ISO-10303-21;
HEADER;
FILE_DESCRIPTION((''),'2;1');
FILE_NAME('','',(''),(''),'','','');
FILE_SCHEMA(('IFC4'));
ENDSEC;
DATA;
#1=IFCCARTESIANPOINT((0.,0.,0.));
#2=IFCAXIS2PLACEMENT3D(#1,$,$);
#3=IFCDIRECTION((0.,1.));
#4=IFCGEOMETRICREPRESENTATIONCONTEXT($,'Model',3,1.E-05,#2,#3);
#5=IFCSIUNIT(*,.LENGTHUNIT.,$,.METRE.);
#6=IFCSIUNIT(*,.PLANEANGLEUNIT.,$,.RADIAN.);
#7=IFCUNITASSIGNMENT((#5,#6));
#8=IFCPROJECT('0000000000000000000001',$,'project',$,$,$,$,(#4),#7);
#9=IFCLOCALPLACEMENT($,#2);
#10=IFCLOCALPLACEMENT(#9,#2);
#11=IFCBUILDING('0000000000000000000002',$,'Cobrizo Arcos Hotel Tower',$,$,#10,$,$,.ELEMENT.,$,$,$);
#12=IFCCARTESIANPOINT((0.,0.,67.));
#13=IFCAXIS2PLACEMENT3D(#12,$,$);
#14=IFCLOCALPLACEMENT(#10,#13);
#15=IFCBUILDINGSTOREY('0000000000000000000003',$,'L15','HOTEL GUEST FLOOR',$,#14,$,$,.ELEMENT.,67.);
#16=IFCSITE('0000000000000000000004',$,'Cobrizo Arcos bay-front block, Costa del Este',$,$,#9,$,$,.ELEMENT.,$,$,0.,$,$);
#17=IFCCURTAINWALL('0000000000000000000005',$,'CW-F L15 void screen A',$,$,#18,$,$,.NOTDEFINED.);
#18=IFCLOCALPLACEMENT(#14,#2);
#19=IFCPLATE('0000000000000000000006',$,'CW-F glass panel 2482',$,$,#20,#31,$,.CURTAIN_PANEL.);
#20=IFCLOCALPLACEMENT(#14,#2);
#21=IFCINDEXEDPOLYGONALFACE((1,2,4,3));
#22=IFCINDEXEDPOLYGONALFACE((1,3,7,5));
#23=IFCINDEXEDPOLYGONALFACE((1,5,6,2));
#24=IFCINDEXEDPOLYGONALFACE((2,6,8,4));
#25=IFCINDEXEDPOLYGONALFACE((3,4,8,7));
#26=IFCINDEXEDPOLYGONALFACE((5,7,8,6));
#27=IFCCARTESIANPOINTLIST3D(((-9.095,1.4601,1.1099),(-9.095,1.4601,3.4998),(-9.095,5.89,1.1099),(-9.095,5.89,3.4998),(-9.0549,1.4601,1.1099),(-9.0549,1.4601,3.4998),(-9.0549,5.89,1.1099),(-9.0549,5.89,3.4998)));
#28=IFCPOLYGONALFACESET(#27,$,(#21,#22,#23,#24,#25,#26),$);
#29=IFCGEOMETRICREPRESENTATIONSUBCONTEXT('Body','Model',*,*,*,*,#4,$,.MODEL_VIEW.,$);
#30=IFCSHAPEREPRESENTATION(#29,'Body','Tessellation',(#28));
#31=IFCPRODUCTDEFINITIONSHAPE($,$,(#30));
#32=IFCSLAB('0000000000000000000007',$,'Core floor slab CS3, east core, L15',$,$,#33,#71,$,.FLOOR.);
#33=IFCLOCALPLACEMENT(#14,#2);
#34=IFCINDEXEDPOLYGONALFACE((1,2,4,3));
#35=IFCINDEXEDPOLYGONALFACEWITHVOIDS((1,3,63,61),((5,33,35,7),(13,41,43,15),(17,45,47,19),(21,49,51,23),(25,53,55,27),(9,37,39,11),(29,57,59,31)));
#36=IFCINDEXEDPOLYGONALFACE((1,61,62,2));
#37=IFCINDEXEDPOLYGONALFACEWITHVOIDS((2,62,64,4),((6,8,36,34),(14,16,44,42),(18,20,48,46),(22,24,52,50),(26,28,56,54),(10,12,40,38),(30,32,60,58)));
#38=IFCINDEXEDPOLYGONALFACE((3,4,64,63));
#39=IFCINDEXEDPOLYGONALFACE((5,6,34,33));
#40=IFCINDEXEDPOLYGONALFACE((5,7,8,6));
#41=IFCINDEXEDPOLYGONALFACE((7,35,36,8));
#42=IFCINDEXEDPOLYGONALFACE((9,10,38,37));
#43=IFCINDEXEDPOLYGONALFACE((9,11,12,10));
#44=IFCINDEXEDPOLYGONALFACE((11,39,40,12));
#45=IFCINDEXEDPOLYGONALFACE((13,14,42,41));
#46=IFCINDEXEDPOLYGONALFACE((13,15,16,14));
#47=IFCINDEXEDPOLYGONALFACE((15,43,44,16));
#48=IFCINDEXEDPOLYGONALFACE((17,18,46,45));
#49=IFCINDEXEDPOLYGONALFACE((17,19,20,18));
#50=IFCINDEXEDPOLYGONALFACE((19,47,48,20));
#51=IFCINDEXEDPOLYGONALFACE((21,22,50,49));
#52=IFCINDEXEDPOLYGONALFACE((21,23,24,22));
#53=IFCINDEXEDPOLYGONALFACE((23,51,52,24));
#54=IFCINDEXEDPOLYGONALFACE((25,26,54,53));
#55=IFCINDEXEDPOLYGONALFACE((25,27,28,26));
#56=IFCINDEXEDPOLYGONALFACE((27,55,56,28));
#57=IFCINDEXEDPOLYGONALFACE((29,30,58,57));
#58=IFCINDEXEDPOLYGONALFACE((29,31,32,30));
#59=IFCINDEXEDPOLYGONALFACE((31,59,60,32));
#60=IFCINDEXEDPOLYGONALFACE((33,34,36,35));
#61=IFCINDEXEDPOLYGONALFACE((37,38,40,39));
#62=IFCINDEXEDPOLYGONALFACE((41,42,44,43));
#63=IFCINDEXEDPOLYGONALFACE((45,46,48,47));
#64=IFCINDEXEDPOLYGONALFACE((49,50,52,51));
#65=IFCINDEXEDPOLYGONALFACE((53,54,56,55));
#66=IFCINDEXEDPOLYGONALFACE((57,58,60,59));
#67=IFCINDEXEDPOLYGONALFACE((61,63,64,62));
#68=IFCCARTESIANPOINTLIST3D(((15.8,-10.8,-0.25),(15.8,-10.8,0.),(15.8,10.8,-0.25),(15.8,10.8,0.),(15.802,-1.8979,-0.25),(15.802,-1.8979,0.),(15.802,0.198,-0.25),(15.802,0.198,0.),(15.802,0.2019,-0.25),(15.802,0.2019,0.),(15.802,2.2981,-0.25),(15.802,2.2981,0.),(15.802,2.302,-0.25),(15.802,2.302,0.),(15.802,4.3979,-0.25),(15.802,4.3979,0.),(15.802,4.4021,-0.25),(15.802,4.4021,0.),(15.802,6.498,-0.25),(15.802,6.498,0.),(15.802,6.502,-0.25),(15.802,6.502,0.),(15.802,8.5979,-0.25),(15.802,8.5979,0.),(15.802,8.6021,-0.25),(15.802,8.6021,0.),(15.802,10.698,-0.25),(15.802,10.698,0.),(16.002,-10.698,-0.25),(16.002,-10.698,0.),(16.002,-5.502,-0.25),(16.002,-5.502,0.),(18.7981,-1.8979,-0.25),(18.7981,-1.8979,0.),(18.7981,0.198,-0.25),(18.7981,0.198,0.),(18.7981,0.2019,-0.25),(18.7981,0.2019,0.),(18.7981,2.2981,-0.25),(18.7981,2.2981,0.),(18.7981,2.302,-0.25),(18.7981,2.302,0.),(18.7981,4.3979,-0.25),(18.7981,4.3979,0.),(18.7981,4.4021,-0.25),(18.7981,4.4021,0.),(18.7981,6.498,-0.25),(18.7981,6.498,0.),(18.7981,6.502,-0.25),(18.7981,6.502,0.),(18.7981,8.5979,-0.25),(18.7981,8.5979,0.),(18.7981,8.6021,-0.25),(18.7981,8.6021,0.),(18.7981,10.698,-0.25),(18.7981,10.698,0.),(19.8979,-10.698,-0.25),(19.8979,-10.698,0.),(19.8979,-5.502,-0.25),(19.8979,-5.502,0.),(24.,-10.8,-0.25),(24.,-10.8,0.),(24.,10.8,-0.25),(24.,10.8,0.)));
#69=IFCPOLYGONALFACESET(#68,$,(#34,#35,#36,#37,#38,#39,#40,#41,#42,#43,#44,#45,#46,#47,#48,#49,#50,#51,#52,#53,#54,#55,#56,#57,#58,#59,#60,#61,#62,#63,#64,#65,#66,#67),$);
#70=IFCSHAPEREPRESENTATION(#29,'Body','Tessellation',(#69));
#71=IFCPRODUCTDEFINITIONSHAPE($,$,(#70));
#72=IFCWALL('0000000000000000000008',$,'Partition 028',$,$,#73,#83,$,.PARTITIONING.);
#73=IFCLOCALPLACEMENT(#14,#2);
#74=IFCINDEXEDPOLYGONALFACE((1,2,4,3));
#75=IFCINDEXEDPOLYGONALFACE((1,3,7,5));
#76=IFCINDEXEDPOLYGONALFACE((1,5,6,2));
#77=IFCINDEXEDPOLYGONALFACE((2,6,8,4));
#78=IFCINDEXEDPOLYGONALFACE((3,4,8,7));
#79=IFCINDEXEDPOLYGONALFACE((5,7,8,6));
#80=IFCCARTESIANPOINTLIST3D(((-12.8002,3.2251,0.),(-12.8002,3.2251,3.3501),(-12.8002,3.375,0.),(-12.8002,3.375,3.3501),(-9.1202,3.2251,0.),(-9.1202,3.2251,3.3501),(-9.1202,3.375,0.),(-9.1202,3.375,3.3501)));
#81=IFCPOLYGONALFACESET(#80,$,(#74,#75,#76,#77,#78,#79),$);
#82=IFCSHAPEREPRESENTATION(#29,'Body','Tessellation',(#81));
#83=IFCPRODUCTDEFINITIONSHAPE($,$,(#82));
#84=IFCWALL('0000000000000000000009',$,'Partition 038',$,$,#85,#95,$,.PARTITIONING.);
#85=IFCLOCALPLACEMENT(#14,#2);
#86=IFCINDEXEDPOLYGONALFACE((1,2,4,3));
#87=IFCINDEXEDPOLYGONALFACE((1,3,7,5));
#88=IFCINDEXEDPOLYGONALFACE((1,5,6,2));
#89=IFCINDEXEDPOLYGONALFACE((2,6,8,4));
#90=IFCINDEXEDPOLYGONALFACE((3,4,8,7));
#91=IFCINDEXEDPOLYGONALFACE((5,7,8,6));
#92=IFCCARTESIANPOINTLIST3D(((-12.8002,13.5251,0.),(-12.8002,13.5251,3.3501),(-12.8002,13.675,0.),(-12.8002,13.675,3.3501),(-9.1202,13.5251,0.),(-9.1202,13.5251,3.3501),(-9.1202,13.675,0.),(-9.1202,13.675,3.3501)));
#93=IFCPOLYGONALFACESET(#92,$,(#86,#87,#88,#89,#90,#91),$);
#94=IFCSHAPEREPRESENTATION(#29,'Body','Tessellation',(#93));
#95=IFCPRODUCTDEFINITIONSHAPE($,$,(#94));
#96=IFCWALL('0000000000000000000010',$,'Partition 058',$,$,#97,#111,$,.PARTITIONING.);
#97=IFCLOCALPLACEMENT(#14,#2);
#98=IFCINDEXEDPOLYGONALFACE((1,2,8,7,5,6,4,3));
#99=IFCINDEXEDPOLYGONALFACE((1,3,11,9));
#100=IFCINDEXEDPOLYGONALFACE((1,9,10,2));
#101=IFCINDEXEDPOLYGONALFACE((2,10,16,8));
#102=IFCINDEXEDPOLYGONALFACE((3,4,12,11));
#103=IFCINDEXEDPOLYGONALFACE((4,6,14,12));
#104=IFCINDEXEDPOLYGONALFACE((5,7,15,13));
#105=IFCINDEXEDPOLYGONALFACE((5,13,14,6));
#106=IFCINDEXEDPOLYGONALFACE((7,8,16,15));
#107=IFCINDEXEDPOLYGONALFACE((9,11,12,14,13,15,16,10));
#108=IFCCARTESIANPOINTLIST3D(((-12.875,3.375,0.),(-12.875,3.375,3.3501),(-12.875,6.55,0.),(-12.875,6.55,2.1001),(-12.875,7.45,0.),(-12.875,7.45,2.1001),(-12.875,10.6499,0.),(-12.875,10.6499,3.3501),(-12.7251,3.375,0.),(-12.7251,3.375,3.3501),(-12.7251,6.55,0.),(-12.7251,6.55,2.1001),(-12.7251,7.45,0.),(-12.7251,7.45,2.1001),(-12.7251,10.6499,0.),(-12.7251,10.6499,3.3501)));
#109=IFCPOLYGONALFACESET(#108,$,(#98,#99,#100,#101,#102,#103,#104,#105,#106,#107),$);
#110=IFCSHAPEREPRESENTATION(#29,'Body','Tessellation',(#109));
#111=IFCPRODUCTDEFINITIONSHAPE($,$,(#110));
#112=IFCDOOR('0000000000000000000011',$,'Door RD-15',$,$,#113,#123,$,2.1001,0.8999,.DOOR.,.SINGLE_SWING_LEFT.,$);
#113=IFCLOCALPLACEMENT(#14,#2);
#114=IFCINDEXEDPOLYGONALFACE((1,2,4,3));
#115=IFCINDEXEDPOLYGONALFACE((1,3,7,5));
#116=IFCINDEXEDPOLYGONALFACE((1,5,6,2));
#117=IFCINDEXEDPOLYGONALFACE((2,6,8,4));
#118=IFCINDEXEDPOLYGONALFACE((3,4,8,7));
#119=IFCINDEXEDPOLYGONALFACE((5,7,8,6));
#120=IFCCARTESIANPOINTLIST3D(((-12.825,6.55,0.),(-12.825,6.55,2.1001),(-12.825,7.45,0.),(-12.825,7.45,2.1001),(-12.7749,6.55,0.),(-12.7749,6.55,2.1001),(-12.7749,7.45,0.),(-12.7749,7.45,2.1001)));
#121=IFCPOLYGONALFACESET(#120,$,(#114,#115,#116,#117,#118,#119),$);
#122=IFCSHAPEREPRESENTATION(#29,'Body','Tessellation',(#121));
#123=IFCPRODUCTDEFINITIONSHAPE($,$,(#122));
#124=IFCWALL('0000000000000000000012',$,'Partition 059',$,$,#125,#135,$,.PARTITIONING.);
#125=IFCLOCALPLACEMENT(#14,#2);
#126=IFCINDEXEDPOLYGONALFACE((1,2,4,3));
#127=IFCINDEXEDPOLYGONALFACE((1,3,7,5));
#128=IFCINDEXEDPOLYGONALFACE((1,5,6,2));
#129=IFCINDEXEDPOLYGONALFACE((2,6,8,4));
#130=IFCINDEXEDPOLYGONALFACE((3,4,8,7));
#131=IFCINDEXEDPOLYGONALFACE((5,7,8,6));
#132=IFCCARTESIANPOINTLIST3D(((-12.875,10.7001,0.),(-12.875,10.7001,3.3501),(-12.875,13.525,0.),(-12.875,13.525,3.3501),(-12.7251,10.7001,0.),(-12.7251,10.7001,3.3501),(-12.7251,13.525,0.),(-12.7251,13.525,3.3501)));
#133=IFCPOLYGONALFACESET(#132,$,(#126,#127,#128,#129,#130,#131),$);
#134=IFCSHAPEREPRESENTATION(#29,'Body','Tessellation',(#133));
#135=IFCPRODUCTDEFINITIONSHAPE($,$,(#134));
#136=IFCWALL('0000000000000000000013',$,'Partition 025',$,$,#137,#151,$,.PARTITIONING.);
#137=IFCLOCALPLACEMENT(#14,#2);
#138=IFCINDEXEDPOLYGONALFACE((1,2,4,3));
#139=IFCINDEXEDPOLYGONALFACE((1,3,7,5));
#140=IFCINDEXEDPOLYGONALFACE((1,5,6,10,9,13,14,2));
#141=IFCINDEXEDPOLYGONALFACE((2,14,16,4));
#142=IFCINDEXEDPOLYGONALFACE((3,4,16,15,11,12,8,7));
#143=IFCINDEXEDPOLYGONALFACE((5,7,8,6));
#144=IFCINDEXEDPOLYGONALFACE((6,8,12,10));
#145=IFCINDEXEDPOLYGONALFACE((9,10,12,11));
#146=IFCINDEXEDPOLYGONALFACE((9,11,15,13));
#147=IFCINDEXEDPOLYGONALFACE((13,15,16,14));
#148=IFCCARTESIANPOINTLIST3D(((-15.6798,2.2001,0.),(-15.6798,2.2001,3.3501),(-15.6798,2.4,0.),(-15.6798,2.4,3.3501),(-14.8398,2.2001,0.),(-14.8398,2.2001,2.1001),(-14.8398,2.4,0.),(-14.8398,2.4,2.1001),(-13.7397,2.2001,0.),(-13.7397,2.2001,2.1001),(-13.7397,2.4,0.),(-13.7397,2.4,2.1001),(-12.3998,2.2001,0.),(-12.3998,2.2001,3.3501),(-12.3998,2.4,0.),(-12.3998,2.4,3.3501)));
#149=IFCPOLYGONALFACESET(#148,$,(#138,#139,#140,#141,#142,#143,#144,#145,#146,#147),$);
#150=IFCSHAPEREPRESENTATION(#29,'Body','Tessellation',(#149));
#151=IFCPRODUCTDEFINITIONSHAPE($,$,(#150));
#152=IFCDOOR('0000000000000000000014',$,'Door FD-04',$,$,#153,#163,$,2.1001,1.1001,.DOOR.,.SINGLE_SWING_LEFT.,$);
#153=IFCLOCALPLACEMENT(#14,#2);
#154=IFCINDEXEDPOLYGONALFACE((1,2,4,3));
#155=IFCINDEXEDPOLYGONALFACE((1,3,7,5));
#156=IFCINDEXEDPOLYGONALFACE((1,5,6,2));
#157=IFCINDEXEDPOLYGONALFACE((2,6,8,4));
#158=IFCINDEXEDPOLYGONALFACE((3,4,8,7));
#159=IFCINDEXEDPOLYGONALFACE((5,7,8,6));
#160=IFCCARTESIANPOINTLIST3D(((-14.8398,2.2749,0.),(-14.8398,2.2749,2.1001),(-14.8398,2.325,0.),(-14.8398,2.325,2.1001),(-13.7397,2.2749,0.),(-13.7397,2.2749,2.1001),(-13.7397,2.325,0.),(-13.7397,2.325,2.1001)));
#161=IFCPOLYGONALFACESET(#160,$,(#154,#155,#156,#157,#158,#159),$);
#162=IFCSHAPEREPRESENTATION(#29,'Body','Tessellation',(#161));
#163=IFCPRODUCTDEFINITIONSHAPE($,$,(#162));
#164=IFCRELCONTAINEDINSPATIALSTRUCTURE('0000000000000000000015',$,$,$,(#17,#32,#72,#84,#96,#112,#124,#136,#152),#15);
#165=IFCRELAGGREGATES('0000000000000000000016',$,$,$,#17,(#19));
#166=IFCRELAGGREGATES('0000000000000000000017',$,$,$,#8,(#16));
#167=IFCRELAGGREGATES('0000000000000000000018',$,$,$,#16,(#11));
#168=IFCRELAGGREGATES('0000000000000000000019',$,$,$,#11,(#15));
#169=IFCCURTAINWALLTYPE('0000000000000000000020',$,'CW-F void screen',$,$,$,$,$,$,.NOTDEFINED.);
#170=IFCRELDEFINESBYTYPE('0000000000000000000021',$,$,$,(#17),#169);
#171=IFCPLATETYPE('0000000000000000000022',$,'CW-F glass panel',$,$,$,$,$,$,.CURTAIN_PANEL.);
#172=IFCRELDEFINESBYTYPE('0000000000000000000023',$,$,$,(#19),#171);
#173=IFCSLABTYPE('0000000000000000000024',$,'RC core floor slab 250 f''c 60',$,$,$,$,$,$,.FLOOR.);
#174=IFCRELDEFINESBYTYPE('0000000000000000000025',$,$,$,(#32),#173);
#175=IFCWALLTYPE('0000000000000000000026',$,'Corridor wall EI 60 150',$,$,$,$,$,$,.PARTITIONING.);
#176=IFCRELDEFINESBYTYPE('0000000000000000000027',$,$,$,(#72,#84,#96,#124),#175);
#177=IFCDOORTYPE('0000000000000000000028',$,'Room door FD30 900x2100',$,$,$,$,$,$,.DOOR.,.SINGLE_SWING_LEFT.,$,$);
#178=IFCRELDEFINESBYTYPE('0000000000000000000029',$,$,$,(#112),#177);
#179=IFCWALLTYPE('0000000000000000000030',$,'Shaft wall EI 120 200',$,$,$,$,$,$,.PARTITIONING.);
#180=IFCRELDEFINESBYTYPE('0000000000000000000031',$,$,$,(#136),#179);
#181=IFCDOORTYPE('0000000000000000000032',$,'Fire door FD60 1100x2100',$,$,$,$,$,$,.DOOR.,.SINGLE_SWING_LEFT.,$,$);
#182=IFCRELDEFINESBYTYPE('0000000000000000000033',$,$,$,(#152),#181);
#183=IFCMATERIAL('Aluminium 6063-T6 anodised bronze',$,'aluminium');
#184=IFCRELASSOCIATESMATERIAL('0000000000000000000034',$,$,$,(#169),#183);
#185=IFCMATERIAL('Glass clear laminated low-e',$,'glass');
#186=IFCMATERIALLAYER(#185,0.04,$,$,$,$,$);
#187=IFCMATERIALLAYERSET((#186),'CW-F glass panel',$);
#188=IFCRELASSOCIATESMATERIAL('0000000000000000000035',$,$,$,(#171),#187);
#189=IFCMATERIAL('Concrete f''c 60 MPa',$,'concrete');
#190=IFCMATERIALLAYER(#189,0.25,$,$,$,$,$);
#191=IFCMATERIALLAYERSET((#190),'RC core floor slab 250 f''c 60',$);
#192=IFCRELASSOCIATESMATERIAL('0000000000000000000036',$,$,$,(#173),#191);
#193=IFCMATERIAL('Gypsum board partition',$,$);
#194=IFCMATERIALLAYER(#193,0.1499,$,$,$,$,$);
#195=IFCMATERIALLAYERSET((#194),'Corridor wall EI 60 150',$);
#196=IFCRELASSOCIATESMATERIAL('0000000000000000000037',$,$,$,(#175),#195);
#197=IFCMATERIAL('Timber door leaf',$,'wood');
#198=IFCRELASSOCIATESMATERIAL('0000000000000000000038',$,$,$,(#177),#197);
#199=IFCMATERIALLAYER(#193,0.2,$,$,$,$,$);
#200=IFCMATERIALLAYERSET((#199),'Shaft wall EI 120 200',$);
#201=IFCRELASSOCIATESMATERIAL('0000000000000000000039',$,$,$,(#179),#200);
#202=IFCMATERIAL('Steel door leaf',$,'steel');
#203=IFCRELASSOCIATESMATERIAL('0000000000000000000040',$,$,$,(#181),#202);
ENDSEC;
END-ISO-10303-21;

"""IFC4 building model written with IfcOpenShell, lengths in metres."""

from ifc_helpers import new_model, si_unit, direction, frame, frame_2d, origin, origin_2d, place, context, subcontext, project, spatial, polyline, rectangle, outline, extrude, material, layer, layer_set, type_object, element, fill, aggregate, save


model = new_model("IFC4")

# Units and contexts
model_context = context("Model", 3, precision=1e-05, world=origin(), true_north=direction((0.0, 1.0)))
body_context = subcontext(model_context, "Body", "Model", "MODEL_VIEW")
ifc_project = project(units=[si_unit("LENGTHUNIT", "METRE"), si_unit("PLANEANGLEUNIT", "RADIAN")], contexts=[model_context])

# Site, building, storey
site_placement = place(None, origin())
site = spatial("IfcSite", under=ifc_project, at=site_placement, Name="Cobrizo Arcos bay-front block, Costa del Este", CompositionType="ELEMENT", RefElevation=0.0)
building_placement = place(site_placement, origin())
building = spatial("IfcBuilding", under=site, at=building_placement, Name="Cobrizo Arcos Hotel Tower", CompositionType="ELEMENT")
storey_placement = place(building_placement, frame((0.0, 0.0, 67.0)))
storey = spatial("IfcBuildingStorey", under=building, at=storey_placement, Name="L15", Description="HOTEL GUEST FLOOR", CompositionType="ELEMENT", Elevation=67.0)

# Curtain wall
ifc_material_1 = material(Name="Aluminium 6063-T6 anodised bronze", Category="aluminium")
curtain_wall_type = type_object("IfcCurtainWallType", Name="CW-F void screen", PredefinedType="NOTDEFINED", material=ifc_material_1)
curtain_wall_placement = place(storey_placement, origin())
curtain_wall = element("IfcCurtainWall", 1, at=curtain_wall_placement, inside=storey, type_object=curtain_wall_type, Name="CW-F L15 void screen A", PredefinedType="NOTDEFINED")

# Plate
ifc_material_2 = material(Name="Glass clear laminated low-e", Category="glass")
ifc_layer_1 = layer(ifc_material_2, 0.04)
ifc_layer_set_1 = layer_set([ifc_layer_1], Name="CW-F glass panel")
plate_type = type_object("IfcPlateType", Name="CW-F glass panel", PredefinedType="CURTAIN_PANEL", material=ifc_layer_set_1)
plate_1_placement = place(storey_placement, frame((-9.075, 3.675, 1.1099), z_axis=(0.0, 0.0, 1.0), x_axis=(0.0, -1.0, 0.0)))
plate_1 = element("IfcPlate", 2, at=plate_1_placement, type_object=plate_type, Name="CW-F glass panel 2482", PredefinedType="CURTAIN_PANEL", context=body_context, shape_type="SweptSolid", body=[
    extrude(rectangle(XDim=4.4299, YDim=0.04, at=origin_2d()), origin(), (0.0, 0.0, 1.0), 2.3899),
])
aggregate(curtain_wall, [plate_1])

# Slab
ifc_material_3 = material(Name="Concrete f'c 60 MPa", Category="concrete")
ifc_layer_2 = layer(ifc_material_3, 0.25)
ifc_layer_set_2 = layer_set([ifc_layer_2], Name="RC core floor slab 250 f'c 60")
slab_type = type_object("IfcSlabType", Name="RC core floor slab 250 f'c 60", PredefinedType="FLOOR", material=ifc_layer_set_2)
slab_placement = place(storey_placement, frame((0.0, 0.0, -0.25)))
element("IfcSlab", 3, at=slab_placement, inside=storey, type_object=slab_type, Name="Core floor slab CS3, east core, L15", PredefinedType="FLOOR", context=body_context, shape_type="SweptSolid", body=[
    extrude(outline(polyline([(15.8, 10.8), (24.0, 10.8), (24.0, -10.8), (15.8, -10.8), (15.8, 10.8)]), holes=[polyline([(19.8979, -10.698), (19.8979, -5.502), (16.002, -5.502), (16.002, -10.698), (19.8979, -10.698)]), polyline([(15.802, 0.198), (15.802, -1.8979), (18.7981, -1.8979), (18.7981, 0.198), (15.802, 0.198)]), polyline([(18.7981, 2.2981), (15.802, 2.2981), (15.802, 0.2019), (18.7981, 0.2019), (18.7981, 2.2981)]), polyline([(18.7981, 4.3979), (15.802, 4.3979), (15.802, 2.302), (18.7981, 2.302), (18.7981, 4.3979)]), polyline([(15.802, 6.498), (15.802, 4.4021), (18.7981, 4.4021), (18.7981, 6.498), (15.802, 6.498)]), polyline([(18.7981, 8.5979), (15.802, 8.5979), (15.802, 6.502), (18.7981, 6.502), (18.7981, 8.5979)]), polyline([(18.7981, 10.698), (15.802, 10.698), (15.802, 8.6021), (18.7981, 8.6021), (18.7981, 10.698)])]), origin(), (0.0, 0.0, 1.0), 0.25),
])

# Walls
ifc_material_4 = material(Name="Gypsum board partition")
ifc_layer_3 = layer(ifc_material_4, 0.1499)
ifc_layer_set_3 = layer_set([ifc_layer_3], Name="Corridor wall EI 60 150")
wall_type_1 = type_object("IfcWallType", Name="Corridor wall EI 60 150", PredefinedType="PARTITIONING", material=ifc_layer_set_3)
for number, where, z_axis, x_axis, name in (
    (4, (-12.8, 3.3, 0.0), (0.0, 0.0, 1.0), (1.0, 0.0, 0.0), "Partition 028"),
    (5, (-12.8, 13.6001, 0.0), (0.0, 0.0, 1.0), (1.0, 0.0, 0.0), "Partition 038"),
):
    element("IfcWall", number, at=place(storey_placement, frame(where, z_axis=z_axis, x_axis=x_axis)), inside=storey, type_object=wall_type_1, Name=name, PredefinedType="PARTITIONING", context=body_context, shape_type="SweptSolid", body=[
        extrude(rectangle(XDim=3.6799, YDim=0.1499, at=frame_2d((1.8398, 0.0))), origin(), (0.0, 0.0, 1.0), 3.3501),
    ])

# Wall, opening, door
wall_1_placement = place(storey_placement, frame((-12.8, 3.375, 0.0), z_axis=(0.0, 0.0, 1.0), x_axis=(0.0, 1.0, 0.0)))
wall_1 = element("IfcWall", 6, at=wall_1_placement, inside=storey, type_object=wall_type_1, Name="Partition 058", PredefinedType="PARTITIONING", context=body_context, shape_type="SweptSolid", body=[
    extrude(rectangle(XDim=7.2749, YDim=0.1499, at=frame_2d((3.6375, 0.0))), origin(), (0.0, 0.0, 1.0), 3.3501),
])
opening_1_placement = place(wall_1_placement, frame((3.175, 0.0, 0.0)))
opening_1 = element("IfcOpeningElement", 7, at=opening_1_placement, cuts=wall_1, PredefinedType="OPENING", context=body_context, shape_type="SweptSolid", body=[
    extrude(rectangle(XDim=0.8999, YDim=2.1001, at=frame_2d((0.45, 1.05))), frame((0.0, 0.0869, 0.0), z_axis=(0.0, -1.0, 0.0), x_axis=(1.0, 0.0, 0.0)), (0.0, 0.0, 1.0), 0.1738),
])
ifc_material_5 = material(Name="Timber door leaf", Category="wood")
door_type_1 = type_object("IfcDoorType", Name="Room door FD30 900x2100", OperationType="SINGLE_SWING_LEFT", PredefinedType="DOOR", material=ifc_material_5)
door_1_placement = place(opening_1_placement, origin())
door_1 = element("IfcDoor", 8, at=door_1_placement, inside=storey, type_object=door_type_1, Name="Door RD-15", OperationType="SINGLE_SWING_LEFT", OverallHeight=2.1001, OverallWidth=0.8999, PredefinedType="DOOR", context=body_context, shape_type="SweptSolid", body=[
    extrude(rectangle(XDim=0.8999, YDim=2.1001, at=frame_2d((0.45, 1.05))), frame((0.0, 0.0249, 0.0), z_axis=(0.0, -1.0, 0.0), x_axis=(1.0, 0.0, 0.0)), (0.0, 0.0, 1.0), 0.05),
])
fill(opening_1, door_1)

# Wall
wall_2_placement = place(storey_placement, frame((-12.8, 10.7, 0.0), z_axis=(0.0, 0.0, 1.0), x_axis=(0.0, 1.0, 0.0)))
element("IfcWall", 9, at=wall_2_placement, inside=storey, type_object=wall_type_1, Name="Partition 059", PredefinedType="PARTITIONING", context=body_context, shape_type="SweptSolid", body=[
    extrude(rectangle(XDim=2.825, YDim=0.1499, at=frame_2d((1.4126, 0.0))), origin(), (0.0, 0.0, 1.0), 3.3501),
])

# Wall, opening, door
ifc_layer_4 = layer(ifc_material_4, 0.2)
ifc_layer_set_4 = layer_set([ifc_layer_4], Name="Shaft wall EI 120 200")
wall_type_2 = type_object("IfcWallType", Name="Shaft wall EI 120 200", PredefinedType="PARTITIONING", material=ifc_layer_set_4)
wall_3_placement = place(storey_placement, frame((-15.6799, 2.3, 0.0), z_axis=(0.0, 0.0, 1.0), x_axis=(1.0, 0.0, 0.0)))
wall_3 = element("IfcWall", 10, at=wall_3_placement, inside=storey, type_object=wall_type_2, Name="Partition 025", PredefinedType="PARTITIONING", context=body_context, shape_type="SweptSolid", body=[
    extrude(rectangle(XDim=3.28, YDim=0.2, at=frame_2d((1.6401, 0.0))), origin(), (0.0, 0.0, 1.0), 3.3501),
])
opening_2_placement = place(wall_3_placement, frame((0.8401, 0.0, 0.0)))
opening_2 = element("IfcOpeningElement", 11, at=opening_2_placement, cuts=wall_3, PredefinedType="OPENING", context=body_context, shape_type="SweptSolid", body=[
    extrude(rectangle(XDim=1.1001, YDim=2.1001, at=frame_2d((0.55, 1.05))), frame((0.0, 0.1121, 0.0), z_axis=(0.0, -1.0, 0.0), x_axis=(1.0, 0.0, 0.0)), (0.0, 0.0, 1.0), 0.2239),
])
ifc_material_6 = material(Name="Steel door leaf", Category="steel")
door_type_2 = type_object("IfcDoorType", Name="Fire door FD60 1100x2100", OperationType="SINGLE_SWING_LEFT", PredefinedType="DOOR", material=ifc_material_6)
door_2_placement = place(opening_2_placement, origin())
door_2 = element("IfcDoor", 12, at=door_2_placement, inside=storey, type_object=door_type_2, Name="Door FD-04", OperationType="SINGLE_SWING_LEFT", OverallHeight=2.1001, OverallWidth=1.1001, PredefinedType="DOOR", context=body_context, shape_type="SweptSolid", body=[
    extrude(rectangle(XDim=1.1001, YDim=2.1001, at=frame_2d((0.55, 1.05))), frame((0.0, 0.0249, 0.0), z_axis=(0.0, -1.0, 0.0), x_axis=(1.0, 0.0, 0.0)), (0.0, 0.0, 1.0), 0.05),
])
fill(opening_2, door_2)

save(model, "model.ifc")
